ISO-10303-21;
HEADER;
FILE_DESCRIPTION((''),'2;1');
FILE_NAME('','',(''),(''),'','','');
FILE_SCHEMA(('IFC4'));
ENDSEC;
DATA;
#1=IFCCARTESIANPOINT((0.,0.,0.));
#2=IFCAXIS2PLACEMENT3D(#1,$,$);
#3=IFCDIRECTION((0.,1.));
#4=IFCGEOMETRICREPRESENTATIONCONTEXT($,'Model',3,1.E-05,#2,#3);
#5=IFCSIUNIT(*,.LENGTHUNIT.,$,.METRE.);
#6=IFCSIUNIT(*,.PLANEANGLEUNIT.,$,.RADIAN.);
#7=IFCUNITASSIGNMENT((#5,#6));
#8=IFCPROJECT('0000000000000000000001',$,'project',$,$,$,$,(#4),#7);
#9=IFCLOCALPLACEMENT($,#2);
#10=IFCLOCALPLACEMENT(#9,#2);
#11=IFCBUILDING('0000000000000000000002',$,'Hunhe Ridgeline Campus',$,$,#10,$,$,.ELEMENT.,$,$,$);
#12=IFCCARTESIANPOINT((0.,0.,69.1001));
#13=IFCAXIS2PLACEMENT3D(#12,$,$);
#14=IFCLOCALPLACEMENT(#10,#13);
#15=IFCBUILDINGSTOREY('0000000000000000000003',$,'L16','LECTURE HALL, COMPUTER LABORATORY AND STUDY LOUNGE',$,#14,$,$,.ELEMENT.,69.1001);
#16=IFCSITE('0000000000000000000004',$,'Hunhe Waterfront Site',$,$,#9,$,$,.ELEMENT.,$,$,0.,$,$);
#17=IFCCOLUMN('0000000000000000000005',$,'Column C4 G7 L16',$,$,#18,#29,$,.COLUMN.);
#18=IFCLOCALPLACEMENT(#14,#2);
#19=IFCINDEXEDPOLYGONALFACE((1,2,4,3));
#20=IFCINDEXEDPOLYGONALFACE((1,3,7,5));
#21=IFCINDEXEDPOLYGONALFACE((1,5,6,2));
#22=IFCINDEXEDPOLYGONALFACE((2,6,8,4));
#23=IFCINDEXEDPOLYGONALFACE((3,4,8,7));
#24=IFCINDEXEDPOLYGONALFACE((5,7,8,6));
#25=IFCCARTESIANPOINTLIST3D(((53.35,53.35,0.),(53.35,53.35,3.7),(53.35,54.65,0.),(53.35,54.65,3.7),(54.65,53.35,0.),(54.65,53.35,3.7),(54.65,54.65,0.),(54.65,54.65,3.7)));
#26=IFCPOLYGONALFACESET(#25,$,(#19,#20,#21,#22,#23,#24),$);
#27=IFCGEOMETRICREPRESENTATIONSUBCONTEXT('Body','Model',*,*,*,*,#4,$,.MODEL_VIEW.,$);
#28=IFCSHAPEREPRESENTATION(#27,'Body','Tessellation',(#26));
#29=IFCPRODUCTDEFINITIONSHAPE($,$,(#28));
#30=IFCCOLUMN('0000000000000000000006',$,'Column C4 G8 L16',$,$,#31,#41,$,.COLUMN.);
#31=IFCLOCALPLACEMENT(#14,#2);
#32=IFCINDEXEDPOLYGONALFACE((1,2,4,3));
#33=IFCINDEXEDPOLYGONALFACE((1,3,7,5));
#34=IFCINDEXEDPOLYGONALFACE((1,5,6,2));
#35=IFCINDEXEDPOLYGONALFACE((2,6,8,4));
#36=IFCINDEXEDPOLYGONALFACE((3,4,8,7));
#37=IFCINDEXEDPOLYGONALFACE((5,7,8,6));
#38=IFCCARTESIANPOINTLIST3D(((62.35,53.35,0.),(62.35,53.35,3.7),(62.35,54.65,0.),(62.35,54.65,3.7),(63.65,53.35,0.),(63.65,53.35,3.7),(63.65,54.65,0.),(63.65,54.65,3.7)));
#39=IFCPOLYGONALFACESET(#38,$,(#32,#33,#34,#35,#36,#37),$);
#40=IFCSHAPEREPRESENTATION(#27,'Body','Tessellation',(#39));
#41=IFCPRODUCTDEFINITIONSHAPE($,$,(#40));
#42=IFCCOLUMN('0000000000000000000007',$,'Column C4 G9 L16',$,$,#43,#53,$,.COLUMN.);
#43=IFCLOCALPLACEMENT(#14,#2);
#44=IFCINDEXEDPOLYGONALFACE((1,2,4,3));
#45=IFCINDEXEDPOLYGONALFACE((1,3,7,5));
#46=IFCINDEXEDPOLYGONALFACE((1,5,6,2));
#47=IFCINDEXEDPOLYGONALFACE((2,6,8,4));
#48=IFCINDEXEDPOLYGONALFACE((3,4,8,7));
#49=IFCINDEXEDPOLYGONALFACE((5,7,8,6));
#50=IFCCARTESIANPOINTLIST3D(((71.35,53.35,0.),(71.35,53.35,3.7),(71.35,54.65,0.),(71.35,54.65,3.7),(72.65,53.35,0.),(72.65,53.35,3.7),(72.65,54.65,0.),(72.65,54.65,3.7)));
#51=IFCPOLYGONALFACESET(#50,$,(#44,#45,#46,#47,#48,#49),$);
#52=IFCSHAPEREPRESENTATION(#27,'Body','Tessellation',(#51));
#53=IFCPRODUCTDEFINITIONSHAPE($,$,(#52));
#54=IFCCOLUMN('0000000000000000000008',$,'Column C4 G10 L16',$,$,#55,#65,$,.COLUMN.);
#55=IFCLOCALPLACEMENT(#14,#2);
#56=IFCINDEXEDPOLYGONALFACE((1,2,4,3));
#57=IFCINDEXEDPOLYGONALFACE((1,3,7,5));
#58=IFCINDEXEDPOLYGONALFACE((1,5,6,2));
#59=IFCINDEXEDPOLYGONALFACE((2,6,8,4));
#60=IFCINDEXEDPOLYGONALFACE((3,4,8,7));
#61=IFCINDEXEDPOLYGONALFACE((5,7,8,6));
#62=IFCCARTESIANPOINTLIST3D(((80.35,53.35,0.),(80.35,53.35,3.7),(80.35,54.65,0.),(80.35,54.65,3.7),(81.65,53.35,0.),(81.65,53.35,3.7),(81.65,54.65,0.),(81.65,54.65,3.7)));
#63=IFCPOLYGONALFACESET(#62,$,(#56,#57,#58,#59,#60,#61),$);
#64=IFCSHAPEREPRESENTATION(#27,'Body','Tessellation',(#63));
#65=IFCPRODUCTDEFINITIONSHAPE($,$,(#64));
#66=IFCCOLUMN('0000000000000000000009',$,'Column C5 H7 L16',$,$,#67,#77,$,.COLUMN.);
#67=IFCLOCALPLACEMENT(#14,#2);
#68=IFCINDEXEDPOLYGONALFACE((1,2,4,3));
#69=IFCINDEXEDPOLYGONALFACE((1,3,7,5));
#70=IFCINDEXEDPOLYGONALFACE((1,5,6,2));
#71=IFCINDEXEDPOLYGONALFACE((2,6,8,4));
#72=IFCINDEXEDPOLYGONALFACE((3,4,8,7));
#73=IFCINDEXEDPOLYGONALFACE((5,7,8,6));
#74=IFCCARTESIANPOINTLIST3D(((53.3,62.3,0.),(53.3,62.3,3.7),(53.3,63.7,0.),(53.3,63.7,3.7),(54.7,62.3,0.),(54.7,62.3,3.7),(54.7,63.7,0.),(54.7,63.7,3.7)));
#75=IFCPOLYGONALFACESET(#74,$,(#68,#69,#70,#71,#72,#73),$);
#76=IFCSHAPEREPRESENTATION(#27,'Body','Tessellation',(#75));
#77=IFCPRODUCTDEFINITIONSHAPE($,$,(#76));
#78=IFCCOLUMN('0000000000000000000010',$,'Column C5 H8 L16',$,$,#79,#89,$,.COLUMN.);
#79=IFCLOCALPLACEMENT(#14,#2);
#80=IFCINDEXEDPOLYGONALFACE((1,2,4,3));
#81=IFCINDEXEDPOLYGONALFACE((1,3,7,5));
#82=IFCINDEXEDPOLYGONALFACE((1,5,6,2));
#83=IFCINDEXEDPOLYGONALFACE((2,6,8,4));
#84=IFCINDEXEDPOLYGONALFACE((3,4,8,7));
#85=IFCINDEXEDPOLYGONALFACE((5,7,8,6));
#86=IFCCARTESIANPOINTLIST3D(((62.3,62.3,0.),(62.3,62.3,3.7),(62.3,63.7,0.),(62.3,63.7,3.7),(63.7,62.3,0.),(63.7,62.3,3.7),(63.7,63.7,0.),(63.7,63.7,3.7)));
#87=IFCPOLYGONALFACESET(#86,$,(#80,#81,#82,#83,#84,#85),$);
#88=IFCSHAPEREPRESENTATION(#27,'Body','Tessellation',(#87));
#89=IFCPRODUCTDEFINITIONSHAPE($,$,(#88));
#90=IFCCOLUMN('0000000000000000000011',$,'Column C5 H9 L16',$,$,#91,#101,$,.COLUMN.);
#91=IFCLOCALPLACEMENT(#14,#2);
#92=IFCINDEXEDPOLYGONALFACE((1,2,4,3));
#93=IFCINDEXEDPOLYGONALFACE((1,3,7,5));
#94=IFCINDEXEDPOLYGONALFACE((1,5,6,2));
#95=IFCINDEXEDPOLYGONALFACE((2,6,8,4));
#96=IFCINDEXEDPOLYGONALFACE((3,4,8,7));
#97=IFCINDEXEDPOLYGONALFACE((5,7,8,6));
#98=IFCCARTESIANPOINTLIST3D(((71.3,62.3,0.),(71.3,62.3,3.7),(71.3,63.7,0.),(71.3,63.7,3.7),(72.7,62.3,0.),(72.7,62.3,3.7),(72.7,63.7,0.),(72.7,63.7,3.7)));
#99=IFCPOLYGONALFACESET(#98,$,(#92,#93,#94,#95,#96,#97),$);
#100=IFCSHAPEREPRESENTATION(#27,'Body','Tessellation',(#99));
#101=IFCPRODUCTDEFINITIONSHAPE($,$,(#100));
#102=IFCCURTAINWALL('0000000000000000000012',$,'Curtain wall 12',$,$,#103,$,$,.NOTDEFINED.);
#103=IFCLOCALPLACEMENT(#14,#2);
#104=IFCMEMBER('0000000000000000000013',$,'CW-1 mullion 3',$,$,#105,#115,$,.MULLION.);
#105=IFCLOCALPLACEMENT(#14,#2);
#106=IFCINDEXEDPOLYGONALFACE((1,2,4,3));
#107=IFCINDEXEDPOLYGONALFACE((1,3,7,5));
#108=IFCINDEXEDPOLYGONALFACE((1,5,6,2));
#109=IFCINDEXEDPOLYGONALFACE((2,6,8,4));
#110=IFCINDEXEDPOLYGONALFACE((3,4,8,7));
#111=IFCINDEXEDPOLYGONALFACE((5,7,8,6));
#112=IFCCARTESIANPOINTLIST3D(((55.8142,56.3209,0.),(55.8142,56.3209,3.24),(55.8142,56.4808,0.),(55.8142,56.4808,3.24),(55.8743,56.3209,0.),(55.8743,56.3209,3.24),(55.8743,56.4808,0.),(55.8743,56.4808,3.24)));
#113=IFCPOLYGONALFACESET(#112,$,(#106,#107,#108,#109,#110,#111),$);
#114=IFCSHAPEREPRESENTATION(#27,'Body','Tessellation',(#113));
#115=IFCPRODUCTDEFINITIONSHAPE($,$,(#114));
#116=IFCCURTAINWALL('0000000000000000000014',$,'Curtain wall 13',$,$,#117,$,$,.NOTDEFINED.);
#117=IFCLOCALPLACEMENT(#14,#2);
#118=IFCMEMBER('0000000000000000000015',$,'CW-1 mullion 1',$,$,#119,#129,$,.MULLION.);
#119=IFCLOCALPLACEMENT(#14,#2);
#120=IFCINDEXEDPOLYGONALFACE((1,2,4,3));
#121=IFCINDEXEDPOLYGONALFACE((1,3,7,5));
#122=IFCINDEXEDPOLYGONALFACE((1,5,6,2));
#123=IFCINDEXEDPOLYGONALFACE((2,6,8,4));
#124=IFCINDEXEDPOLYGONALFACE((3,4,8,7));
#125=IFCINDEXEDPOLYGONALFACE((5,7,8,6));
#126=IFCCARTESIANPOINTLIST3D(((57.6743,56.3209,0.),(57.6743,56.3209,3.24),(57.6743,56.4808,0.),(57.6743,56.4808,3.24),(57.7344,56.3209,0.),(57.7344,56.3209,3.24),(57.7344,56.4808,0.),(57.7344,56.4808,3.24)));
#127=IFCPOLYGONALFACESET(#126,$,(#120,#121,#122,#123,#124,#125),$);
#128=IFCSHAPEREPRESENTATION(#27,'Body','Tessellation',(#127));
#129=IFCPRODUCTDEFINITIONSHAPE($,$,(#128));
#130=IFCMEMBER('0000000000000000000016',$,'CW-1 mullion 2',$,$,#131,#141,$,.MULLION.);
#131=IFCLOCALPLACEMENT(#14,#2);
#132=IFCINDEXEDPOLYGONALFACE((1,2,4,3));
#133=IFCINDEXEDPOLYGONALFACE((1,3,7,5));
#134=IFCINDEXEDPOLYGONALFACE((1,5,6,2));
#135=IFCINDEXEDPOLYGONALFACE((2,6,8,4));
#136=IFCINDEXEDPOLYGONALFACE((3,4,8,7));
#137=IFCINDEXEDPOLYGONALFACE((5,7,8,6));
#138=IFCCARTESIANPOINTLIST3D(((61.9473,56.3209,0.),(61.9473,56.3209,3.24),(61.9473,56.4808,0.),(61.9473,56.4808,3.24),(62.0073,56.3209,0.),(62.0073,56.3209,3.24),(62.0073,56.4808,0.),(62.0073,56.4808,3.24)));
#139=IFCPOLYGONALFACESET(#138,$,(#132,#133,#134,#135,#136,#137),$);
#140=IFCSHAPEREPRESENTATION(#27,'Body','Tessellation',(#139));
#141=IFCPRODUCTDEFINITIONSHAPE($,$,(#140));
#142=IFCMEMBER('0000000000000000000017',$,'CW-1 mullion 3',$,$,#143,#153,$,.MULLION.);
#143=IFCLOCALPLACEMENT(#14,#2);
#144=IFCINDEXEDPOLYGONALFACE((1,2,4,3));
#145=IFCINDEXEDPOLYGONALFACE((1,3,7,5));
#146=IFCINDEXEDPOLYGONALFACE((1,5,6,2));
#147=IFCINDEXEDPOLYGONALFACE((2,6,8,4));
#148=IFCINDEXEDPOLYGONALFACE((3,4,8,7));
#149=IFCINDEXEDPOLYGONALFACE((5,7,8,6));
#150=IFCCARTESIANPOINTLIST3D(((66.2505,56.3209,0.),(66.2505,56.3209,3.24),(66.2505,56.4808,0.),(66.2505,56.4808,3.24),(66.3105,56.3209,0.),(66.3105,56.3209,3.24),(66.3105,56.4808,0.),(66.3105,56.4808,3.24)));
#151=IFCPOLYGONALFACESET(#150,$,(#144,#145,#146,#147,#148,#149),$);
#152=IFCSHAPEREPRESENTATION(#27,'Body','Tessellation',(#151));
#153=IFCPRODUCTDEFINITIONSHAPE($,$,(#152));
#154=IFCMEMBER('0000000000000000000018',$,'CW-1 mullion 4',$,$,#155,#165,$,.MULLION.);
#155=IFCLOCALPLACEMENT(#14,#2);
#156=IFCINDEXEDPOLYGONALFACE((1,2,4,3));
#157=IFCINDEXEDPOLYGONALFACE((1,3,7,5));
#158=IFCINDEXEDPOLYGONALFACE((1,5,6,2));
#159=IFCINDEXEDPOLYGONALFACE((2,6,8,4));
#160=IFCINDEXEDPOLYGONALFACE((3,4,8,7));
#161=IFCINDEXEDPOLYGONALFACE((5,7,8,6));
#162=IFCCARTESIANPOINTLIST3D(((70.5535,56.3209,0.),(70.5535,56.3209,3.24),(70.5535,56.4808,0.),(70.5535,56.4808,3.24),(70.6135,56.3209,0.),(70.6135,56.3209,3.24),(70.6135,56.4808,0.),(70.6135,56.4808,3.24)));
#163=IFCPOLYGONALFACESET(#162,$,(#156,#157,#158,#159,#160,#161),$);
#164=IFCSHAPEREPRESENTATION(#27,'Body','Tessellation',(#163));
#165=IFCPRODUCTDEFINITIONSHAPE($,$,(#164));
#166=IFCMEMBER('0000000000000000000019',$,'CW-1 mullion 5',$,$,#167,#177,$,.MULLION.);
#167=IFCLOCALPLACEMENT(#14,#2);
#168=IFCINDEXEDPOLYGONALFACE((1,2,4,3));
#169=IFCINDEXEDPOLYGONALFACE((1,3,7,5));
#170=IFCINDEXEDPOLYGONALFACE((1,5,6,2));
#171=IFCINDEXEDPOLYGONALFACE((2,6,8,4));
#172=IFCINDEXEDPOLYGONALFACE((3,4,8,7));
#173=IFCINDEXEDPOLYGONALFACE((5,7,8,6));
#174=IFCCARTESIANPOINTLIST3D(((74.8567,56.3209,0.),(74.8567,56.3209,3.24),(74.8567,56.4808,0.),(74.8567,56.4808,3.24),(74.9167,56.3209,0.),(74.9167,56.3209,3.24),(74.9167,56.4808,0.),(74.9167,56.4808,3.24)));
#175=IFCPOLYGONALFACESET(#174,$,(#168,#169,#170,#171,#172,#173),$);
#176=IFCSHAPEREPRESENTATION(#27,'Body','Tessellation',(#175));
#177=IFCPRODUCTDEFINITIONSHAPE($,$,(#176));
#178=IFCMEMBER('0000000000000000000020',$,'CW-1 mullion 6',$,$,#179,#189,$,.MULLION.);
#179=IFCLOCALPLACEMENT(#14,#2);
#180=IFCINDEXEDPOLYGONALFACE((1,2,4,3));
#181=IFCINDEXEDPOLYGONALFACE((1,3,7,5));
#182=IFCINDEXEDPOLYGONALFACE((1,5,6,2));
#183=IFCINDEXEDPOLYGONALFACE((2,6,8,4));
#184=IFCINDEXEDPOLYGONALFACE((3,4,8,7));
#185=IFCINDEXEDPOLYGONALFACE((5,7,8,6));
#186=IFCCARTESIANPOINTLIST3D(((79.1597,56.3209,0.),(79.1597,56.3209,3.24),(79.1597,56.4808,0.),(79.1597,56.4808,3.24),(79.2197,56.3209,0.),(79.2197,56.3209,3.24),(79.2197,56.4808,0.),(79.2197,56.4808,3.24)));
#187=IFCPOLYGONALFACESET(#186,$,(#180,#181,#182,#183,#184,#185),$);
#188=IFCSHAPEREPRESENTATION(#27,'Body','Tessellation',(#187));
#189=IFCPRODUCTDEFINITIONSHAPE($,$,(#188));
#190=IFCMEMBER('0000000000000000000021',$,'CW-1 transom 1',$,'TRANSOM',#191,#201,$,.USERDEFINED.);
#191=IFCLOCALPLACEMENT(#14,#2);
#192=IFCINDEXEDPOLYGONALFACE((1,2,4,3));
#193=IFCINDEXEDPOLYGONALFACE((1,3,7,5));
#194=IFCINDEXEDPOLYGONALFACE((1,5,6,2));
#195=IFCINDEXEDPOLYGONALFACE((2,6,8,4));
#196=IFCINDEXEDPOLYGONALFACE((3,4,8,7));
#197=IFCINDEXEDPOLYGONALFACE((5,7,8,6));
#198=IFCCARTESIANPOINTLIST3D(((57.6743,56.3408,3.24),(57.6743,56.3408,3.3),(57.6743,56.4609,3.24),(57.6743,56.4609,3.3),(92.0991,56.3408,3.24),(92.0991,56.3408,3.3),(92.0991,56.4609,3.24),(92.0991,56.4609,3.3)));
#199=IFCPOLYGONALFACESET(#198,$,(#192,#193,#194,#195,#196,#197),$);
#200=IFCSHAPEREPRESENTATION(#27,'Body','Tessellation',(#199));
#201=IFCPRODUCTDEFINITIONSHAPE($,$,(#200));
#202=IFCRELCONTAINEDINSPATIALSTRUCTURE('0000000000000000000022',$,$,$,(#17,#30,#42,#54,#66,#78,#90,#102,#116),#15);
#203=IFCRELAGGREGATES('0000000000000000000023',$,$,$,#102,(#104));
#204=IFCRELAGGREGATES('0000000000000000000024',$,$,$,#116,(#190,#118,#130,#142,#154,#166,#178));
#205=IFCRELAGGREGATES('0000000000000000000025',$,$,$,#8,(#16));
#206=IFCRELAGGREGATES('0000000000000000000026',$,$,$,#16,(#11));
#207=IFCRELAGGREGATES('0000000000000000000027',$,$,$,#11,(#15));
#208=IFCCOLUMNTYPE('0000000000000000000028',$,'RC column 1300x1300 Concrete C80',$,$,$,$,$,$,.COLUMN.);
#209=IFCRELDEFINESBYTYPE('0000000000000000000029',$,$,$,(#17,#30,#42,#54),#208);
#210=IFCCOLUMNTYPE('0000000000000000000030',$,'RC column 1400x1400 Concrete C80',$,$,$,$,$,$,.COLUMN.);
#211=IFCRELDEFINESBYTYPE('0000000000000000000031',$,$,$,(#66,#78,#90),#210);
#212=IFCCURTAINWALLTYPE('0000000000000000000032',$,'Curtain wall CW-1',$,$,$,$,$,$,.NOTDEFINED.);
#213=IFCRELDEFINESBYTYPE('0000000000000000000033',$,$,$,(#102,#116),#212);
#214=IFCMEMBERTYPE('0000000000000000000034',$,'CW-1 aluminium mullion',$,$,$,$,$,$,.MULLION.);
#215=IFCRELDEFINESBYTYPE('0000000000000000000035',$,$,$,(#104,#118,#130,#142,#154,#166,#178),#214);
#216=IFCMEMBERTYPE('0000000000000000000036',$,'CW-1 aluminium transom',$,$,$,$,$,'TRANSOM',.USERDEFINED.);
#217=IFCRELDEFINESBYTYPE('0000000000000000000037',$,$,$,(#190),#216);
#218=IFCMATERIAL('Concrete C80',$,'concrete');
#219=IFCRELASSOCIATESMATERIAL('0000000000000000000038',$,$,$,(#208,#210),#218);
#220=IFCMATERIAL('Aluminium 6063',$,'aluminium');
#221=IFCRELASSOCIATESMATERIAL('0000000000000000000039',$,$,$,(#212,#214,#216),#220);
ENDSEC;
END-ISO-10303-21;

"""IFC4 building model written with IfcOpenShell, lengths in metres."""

from ifc_helpers import new_model, si_unit, direction, frame, origin, origin_2d, place, context, subcontext, project, spatial, rectangle, extrude, material, material_profile, profile_set, type_object, element, aggregate, save


model = new_model("IFC4")

# Units and contexts
model_context = context("Model", 3, precision=1e-05, world=origin(), true_north=direction((0.0, 1.0)))
body_context = subcontext(model_context, "Body", "Model", "MODEL_VIEW")
ifc_project = project(units=[si_unit("LENGTHUNIT", "METRE"), si_unit("PLANEANGLEUNIT", "RADIAN")], contexts=[model_context])

# Site, building, storey
site_placement = place(None, origin())
site = spatial("IfcSite", under=ifc_project, at=site_placement, Name="Hunhe Waterfront Site", CompositionType="ELEMENT", RefElevation=0.0)
building_placement = place(site_placement, origin())
building = spatial("IfcBuilding", under=site, at=building_placement, Name="Hunhe Ridgeline Campus", CompositionType="ELEMENT")
storey_placement = place(building_placement, frame((0.0, 0.0, 69.1001)))
storey = spatial("IfcBuildingStorey", under=building, at=storey_placement, Name="L16", Description="LECTURE HALL, COMPUTER LABORATORY AND STUDY LOUNGE", CompositionType="ELEMENT", Elevation=69.1001)

# Columns
ifc_material_1 = material(Name="Concrete C80", Category="concrete")
ifc_material_profile_1 = material_profile(ifc_material_1, rectangle(XDim=1.3, YDim=1.3, at=origin_2d()))
ifc_profile_set_1 = profile_set([ifc_material_profile_1], Name="Concrete C80")
column_type_1 = type_object("IfcColumnType", Name="RC column 1300x1300 Concrete C80", PredefinedType="COLUMN", material=ifc_profile_set_1)
for number, where, z_axis, x_axis, name in (
    (1, (54.0, 54.0, 0.0), (0.0, 0.0, 1.0), (1.0, 0.0, 0.0), "Column C4 G7 L16"),
    (2, (63.0, 54.0, 0.0), (0.0, 0.0, 1.0), (1.0, 0.0, 0.0), "Column C4 G8 L16"),
    (3, (72.0, 54.0, 0.0), (0.0, 0.0, 1.0), (1.0, 0.0, 0.0), "Column C4 G9 L16"),
    (4, (81.0, 54.0, 0.0), (0.0, 0.0, 1.0), (1.0, 0.0, 0.0), "Column C4 G10 L16"),
):
    element("IfcColumn", number, at=place(storey_placement, frame(where, z_axis=z_axis, x_axis=x_axis)), inside=storey, type_object=column_type_1, Name=name, PredefinedType="COLUMN", context=body_context, shape_type="SweptSolid", body=[
        extrude(rectangle(XDim=1.3, YDim=1.3, at=origin_2d()), origin(), (0.0, 0.0, 1.0), 3.7),
    ])
ifc_material_profile_2 = material_profile(ifc_material_1, rectangle(XDim=1.3999, YDim=1.3999, at=origin_2d()))
ifc_profile_set_2 = profile_set([ifc_material_profile_2], Name="Concrete C80")
column_type_2 = type_object("IfcColumnType", Name="RC column 1400x1400 Concrete C80", PredefinedType="COLUMN", material=ifc_profile_set_2)
for number, where, z_axis, x_axis, name in (
    (5, (54.0, 63.0, 0.0), (0.0, 0.0, 1.0), (1.0, 0.0, 0.0), "Column C5 H7 L16"),
    (6, (63.0, 63.0, 0.0), (0.0, 0.0, 1.0), (1.0, 0.0, 0.0), "Column C5 H8 L16"),
    (7, (72.0, 63.0, 0.0), (0.0, 0.0, 1.0), (1.0, 0.0, 0.0), "Column C5 H9 L16"),
):
    element("IfcColumn", number, at=place(storey_placement, frame(where, z_axis=z_axis, x_axis=x_axis)), inside=storey, type_object=column_type_2, Name=name, PredefinedType="COLUMN", context=body_context, shape_type="SweptSolid", body=[
        extrude(rectangle(XDim=1.3999, YDim=1.3999, at=origin_2d()), origin(), (0.0, 0.0, 1.0), 3.7),
    ])

# Curtain wall, member
ifc_material_2 = material(Name="Aluminium 6063", Category="aluminium")
curtain_wall_type = type_object("IfcCurtainWallType", Name="Curtain wall CW-1", PredefinedType="NOTDEFINED", material=ifc_material_2)
curtain_wall_1_placement = place(storey_placement, origin())
curtain_wall_1 = element("IfcCurtainWall", 8, at=curtain_wall_1_placement, inside=storey, type_object=curtain_wall_type, Name="Curtain wall 12", PredefinedType="NOTDEFINED")
ifc_material_profile_3 = material_profile(ifc_material_2, rectangle(XDim=0.1599, YDim=0.0601, at=origin_2d()))
ifc_profile_set_3 = profile_set([ifc_material_profile_3], Name="Aluminium 6063")
member_type_1 = type_object("IfcMemberType", Name="CW-1 aluminium mullion", PredefinedType="MULLION", material=ifc_profile_set_3)
member_1_placement = place(storey_placement, frame((55.8442, 56.4009, 0.0), z_axis=(0.0, 0.0, 1.0), x_axis=(-0.000004, 1.0, 0.0)))
member_1 = element("IfcMember", 9, at=member_1_placement, type_object=member_type_1, Name="CW-1 mullion 3", PredefinedType="MULLION", context=body_context, shape_type="SweptSolid", body=[
    extrude(rectangle(XDim=0.1599, YDim=0.0601, at=origin_2d()), origin(), (0.0, 0.0, 1.0), 3.24),
])
aggregate(curtain_wall_1, [member_1])

# Curtain wall, members
curtain_wall_2_placement = place(storey_placement, origin())
curtain_wall_2 = element("IfcCurtainWall", 10, at=curtain_wall_2_placement, inside=storey, type_object=curtain_wall_type, Name="Curtain wall 13", PredefinedType="NOTDEFINED")
member_2_placement = place(storey_placement, frame((57.7043, 56.4009, 0.0), z_axis=(0.0, 0.0, 1.0), x_axis=(-0.000004, 1.0, 0.0)))
member_2 = element("IfcMember", 11, at=member_2_placement, type_object=member_type_1, Name="CW-1 mullion 1", PredefinedType="MULLION", context=body_context, shape_type="SweptSolid", body=[
    extrude(rectangle(XDim=0.1599, YDim=0.0601, at=origin_2d()), origin(), (0.0, 0.0, 1.0), 3.24),
])
member_3_placement = place(storey_placement, frame((61.9773, 56.4009, 0.0), z_axis=(0.0, 0.0, 1.0), x_axis=(-0.000004, 1.0, 0.0)))
member_3 = element("IfcMember", 12, at=member_3_placement, type_object=member_type_1, Name="CW-1 mullion 2", PredefinedType="MULLION", context=body_context, shape_type="SweptSolid", body=[
    extrude(rectangle(XDim=0.1599, YDim=0.0601, at=origin_2d()), origin(), (0.0, 0.0, 1.0), 3.24),
])
member_4_placement = place(storey_placement, frame((66.2805, 56.4009, 0.0), z_axis=(0.0, 0.0, 1.0), x_axis=(-0.000004, 1.0, 0.0)))
member_4 = element("IfcMember", 13, at=member_4_placement, type_object=member_type_1, Name="CW-1 mullion 3", PredefinedType="MULLION", context=body_context, shape_type="SweptSolid", body=[
    extrude(rectangle(XDim=0.1599, YDim=0.0601, at=origin_2d()), origin(), (0.0, 0.0, 1.0), 3.24),
])
member_5_placement = place(storey_placement, frame((70.5835, 56.4009, 0.0), z_axis=(0.0, 0.0, 1.0), x_axis=(-0.000004, 1.0, 0.0)))
member_5 = element("IfcMember", 14, at=member_5_placement, type_object=member_type_1, Name="CW-1 mullion 4", PredefinedType="MULLION", context=body_context, shape_type="SweptSolid", body=[
    extrude(rectangle(XDim=0.1599, YDim=0.0601, at=origin_2d()), origin(), (0.0, 0.0, 1.0), 3.24),
])
member_6_placement = place(storey_placement, frame((74.8867, 56.4009, 0.0), z_axis=(0.0, 0.0, 1.0), x_axis=(-0.000004, 1.0, 0.0)))
member_6 = element("IfcMember", 15, at=member_6_placement, type_object=member_type_1, Name="CW-1 mullion 5", PredefinedType="MULLION", context=body_context, shape_type="SweptSolid", body=[
    extrude(rectangle(XDim=0.1599, YDim=0.0601, at=origin_2d()), origin(), (0.0, 0.0, 1.0), 3.24),
])
member_7_placement = place(storey_placement, frame((79.1897, 56.4009, 0.0), z_axis=(0.0, 0.0, 1.0), x_axis=(-0.000004, 1.0, 0.0)))
member_7 = element("IfcMember", 16, at=member_7_placement, type_object=member_type_1, Name="CW-1 mullion 6", PredefinedType="MULLION", context=body_context, shape_type="SweptSolid", body=[
    extrude(rectangle(XDim=0.1599, YDim=0.0601, at=origin_2d()), origin(), (0.0, 0.0, 1.0), 3.24),
])
ifc_material_profile_4 = material_profile(ifc_material_2, rectangle(XDim=0.1201, YDim=0.0601, at=origin_2d()))
ifc_profile_set_4 = profile_set([ifc_material_profile_4], Name="Aluminium 6063")
member_type_2 = type_object("IfcMemberType", Name="CW-1 aluminium transom", ElementType="TRANSOM", PredefinedType="USERDEFINED", material=ifc_profile_set_4)
member_8_placement = place(storey_placement, frame((57.6743, 56.4009, 3.27), z_axis=(1.0, 0.0, 0.0), x_axis=(0.0, 1.0, 0.0)))
member_8 = element("IfcMember", 17, at=member_8_placement, type_object=member_type_2, Name="CW-1 transom 1", ObjectType="TRANSOM", PredefinedType="USERDEFINED", context=body_context, shape_type="SweptSolid", body=[
    extrude(rectangle(XDim=0.1201, YDim=0.0601, at=origin_2d()), origin(), (0.0, 0.0, 1.0), 34.4248),
])

aggregate(curtain_wall_2, [member_8, member_2, member_3, member_4, member_5, member_6, member_7])

save(model, "model.ifc")
